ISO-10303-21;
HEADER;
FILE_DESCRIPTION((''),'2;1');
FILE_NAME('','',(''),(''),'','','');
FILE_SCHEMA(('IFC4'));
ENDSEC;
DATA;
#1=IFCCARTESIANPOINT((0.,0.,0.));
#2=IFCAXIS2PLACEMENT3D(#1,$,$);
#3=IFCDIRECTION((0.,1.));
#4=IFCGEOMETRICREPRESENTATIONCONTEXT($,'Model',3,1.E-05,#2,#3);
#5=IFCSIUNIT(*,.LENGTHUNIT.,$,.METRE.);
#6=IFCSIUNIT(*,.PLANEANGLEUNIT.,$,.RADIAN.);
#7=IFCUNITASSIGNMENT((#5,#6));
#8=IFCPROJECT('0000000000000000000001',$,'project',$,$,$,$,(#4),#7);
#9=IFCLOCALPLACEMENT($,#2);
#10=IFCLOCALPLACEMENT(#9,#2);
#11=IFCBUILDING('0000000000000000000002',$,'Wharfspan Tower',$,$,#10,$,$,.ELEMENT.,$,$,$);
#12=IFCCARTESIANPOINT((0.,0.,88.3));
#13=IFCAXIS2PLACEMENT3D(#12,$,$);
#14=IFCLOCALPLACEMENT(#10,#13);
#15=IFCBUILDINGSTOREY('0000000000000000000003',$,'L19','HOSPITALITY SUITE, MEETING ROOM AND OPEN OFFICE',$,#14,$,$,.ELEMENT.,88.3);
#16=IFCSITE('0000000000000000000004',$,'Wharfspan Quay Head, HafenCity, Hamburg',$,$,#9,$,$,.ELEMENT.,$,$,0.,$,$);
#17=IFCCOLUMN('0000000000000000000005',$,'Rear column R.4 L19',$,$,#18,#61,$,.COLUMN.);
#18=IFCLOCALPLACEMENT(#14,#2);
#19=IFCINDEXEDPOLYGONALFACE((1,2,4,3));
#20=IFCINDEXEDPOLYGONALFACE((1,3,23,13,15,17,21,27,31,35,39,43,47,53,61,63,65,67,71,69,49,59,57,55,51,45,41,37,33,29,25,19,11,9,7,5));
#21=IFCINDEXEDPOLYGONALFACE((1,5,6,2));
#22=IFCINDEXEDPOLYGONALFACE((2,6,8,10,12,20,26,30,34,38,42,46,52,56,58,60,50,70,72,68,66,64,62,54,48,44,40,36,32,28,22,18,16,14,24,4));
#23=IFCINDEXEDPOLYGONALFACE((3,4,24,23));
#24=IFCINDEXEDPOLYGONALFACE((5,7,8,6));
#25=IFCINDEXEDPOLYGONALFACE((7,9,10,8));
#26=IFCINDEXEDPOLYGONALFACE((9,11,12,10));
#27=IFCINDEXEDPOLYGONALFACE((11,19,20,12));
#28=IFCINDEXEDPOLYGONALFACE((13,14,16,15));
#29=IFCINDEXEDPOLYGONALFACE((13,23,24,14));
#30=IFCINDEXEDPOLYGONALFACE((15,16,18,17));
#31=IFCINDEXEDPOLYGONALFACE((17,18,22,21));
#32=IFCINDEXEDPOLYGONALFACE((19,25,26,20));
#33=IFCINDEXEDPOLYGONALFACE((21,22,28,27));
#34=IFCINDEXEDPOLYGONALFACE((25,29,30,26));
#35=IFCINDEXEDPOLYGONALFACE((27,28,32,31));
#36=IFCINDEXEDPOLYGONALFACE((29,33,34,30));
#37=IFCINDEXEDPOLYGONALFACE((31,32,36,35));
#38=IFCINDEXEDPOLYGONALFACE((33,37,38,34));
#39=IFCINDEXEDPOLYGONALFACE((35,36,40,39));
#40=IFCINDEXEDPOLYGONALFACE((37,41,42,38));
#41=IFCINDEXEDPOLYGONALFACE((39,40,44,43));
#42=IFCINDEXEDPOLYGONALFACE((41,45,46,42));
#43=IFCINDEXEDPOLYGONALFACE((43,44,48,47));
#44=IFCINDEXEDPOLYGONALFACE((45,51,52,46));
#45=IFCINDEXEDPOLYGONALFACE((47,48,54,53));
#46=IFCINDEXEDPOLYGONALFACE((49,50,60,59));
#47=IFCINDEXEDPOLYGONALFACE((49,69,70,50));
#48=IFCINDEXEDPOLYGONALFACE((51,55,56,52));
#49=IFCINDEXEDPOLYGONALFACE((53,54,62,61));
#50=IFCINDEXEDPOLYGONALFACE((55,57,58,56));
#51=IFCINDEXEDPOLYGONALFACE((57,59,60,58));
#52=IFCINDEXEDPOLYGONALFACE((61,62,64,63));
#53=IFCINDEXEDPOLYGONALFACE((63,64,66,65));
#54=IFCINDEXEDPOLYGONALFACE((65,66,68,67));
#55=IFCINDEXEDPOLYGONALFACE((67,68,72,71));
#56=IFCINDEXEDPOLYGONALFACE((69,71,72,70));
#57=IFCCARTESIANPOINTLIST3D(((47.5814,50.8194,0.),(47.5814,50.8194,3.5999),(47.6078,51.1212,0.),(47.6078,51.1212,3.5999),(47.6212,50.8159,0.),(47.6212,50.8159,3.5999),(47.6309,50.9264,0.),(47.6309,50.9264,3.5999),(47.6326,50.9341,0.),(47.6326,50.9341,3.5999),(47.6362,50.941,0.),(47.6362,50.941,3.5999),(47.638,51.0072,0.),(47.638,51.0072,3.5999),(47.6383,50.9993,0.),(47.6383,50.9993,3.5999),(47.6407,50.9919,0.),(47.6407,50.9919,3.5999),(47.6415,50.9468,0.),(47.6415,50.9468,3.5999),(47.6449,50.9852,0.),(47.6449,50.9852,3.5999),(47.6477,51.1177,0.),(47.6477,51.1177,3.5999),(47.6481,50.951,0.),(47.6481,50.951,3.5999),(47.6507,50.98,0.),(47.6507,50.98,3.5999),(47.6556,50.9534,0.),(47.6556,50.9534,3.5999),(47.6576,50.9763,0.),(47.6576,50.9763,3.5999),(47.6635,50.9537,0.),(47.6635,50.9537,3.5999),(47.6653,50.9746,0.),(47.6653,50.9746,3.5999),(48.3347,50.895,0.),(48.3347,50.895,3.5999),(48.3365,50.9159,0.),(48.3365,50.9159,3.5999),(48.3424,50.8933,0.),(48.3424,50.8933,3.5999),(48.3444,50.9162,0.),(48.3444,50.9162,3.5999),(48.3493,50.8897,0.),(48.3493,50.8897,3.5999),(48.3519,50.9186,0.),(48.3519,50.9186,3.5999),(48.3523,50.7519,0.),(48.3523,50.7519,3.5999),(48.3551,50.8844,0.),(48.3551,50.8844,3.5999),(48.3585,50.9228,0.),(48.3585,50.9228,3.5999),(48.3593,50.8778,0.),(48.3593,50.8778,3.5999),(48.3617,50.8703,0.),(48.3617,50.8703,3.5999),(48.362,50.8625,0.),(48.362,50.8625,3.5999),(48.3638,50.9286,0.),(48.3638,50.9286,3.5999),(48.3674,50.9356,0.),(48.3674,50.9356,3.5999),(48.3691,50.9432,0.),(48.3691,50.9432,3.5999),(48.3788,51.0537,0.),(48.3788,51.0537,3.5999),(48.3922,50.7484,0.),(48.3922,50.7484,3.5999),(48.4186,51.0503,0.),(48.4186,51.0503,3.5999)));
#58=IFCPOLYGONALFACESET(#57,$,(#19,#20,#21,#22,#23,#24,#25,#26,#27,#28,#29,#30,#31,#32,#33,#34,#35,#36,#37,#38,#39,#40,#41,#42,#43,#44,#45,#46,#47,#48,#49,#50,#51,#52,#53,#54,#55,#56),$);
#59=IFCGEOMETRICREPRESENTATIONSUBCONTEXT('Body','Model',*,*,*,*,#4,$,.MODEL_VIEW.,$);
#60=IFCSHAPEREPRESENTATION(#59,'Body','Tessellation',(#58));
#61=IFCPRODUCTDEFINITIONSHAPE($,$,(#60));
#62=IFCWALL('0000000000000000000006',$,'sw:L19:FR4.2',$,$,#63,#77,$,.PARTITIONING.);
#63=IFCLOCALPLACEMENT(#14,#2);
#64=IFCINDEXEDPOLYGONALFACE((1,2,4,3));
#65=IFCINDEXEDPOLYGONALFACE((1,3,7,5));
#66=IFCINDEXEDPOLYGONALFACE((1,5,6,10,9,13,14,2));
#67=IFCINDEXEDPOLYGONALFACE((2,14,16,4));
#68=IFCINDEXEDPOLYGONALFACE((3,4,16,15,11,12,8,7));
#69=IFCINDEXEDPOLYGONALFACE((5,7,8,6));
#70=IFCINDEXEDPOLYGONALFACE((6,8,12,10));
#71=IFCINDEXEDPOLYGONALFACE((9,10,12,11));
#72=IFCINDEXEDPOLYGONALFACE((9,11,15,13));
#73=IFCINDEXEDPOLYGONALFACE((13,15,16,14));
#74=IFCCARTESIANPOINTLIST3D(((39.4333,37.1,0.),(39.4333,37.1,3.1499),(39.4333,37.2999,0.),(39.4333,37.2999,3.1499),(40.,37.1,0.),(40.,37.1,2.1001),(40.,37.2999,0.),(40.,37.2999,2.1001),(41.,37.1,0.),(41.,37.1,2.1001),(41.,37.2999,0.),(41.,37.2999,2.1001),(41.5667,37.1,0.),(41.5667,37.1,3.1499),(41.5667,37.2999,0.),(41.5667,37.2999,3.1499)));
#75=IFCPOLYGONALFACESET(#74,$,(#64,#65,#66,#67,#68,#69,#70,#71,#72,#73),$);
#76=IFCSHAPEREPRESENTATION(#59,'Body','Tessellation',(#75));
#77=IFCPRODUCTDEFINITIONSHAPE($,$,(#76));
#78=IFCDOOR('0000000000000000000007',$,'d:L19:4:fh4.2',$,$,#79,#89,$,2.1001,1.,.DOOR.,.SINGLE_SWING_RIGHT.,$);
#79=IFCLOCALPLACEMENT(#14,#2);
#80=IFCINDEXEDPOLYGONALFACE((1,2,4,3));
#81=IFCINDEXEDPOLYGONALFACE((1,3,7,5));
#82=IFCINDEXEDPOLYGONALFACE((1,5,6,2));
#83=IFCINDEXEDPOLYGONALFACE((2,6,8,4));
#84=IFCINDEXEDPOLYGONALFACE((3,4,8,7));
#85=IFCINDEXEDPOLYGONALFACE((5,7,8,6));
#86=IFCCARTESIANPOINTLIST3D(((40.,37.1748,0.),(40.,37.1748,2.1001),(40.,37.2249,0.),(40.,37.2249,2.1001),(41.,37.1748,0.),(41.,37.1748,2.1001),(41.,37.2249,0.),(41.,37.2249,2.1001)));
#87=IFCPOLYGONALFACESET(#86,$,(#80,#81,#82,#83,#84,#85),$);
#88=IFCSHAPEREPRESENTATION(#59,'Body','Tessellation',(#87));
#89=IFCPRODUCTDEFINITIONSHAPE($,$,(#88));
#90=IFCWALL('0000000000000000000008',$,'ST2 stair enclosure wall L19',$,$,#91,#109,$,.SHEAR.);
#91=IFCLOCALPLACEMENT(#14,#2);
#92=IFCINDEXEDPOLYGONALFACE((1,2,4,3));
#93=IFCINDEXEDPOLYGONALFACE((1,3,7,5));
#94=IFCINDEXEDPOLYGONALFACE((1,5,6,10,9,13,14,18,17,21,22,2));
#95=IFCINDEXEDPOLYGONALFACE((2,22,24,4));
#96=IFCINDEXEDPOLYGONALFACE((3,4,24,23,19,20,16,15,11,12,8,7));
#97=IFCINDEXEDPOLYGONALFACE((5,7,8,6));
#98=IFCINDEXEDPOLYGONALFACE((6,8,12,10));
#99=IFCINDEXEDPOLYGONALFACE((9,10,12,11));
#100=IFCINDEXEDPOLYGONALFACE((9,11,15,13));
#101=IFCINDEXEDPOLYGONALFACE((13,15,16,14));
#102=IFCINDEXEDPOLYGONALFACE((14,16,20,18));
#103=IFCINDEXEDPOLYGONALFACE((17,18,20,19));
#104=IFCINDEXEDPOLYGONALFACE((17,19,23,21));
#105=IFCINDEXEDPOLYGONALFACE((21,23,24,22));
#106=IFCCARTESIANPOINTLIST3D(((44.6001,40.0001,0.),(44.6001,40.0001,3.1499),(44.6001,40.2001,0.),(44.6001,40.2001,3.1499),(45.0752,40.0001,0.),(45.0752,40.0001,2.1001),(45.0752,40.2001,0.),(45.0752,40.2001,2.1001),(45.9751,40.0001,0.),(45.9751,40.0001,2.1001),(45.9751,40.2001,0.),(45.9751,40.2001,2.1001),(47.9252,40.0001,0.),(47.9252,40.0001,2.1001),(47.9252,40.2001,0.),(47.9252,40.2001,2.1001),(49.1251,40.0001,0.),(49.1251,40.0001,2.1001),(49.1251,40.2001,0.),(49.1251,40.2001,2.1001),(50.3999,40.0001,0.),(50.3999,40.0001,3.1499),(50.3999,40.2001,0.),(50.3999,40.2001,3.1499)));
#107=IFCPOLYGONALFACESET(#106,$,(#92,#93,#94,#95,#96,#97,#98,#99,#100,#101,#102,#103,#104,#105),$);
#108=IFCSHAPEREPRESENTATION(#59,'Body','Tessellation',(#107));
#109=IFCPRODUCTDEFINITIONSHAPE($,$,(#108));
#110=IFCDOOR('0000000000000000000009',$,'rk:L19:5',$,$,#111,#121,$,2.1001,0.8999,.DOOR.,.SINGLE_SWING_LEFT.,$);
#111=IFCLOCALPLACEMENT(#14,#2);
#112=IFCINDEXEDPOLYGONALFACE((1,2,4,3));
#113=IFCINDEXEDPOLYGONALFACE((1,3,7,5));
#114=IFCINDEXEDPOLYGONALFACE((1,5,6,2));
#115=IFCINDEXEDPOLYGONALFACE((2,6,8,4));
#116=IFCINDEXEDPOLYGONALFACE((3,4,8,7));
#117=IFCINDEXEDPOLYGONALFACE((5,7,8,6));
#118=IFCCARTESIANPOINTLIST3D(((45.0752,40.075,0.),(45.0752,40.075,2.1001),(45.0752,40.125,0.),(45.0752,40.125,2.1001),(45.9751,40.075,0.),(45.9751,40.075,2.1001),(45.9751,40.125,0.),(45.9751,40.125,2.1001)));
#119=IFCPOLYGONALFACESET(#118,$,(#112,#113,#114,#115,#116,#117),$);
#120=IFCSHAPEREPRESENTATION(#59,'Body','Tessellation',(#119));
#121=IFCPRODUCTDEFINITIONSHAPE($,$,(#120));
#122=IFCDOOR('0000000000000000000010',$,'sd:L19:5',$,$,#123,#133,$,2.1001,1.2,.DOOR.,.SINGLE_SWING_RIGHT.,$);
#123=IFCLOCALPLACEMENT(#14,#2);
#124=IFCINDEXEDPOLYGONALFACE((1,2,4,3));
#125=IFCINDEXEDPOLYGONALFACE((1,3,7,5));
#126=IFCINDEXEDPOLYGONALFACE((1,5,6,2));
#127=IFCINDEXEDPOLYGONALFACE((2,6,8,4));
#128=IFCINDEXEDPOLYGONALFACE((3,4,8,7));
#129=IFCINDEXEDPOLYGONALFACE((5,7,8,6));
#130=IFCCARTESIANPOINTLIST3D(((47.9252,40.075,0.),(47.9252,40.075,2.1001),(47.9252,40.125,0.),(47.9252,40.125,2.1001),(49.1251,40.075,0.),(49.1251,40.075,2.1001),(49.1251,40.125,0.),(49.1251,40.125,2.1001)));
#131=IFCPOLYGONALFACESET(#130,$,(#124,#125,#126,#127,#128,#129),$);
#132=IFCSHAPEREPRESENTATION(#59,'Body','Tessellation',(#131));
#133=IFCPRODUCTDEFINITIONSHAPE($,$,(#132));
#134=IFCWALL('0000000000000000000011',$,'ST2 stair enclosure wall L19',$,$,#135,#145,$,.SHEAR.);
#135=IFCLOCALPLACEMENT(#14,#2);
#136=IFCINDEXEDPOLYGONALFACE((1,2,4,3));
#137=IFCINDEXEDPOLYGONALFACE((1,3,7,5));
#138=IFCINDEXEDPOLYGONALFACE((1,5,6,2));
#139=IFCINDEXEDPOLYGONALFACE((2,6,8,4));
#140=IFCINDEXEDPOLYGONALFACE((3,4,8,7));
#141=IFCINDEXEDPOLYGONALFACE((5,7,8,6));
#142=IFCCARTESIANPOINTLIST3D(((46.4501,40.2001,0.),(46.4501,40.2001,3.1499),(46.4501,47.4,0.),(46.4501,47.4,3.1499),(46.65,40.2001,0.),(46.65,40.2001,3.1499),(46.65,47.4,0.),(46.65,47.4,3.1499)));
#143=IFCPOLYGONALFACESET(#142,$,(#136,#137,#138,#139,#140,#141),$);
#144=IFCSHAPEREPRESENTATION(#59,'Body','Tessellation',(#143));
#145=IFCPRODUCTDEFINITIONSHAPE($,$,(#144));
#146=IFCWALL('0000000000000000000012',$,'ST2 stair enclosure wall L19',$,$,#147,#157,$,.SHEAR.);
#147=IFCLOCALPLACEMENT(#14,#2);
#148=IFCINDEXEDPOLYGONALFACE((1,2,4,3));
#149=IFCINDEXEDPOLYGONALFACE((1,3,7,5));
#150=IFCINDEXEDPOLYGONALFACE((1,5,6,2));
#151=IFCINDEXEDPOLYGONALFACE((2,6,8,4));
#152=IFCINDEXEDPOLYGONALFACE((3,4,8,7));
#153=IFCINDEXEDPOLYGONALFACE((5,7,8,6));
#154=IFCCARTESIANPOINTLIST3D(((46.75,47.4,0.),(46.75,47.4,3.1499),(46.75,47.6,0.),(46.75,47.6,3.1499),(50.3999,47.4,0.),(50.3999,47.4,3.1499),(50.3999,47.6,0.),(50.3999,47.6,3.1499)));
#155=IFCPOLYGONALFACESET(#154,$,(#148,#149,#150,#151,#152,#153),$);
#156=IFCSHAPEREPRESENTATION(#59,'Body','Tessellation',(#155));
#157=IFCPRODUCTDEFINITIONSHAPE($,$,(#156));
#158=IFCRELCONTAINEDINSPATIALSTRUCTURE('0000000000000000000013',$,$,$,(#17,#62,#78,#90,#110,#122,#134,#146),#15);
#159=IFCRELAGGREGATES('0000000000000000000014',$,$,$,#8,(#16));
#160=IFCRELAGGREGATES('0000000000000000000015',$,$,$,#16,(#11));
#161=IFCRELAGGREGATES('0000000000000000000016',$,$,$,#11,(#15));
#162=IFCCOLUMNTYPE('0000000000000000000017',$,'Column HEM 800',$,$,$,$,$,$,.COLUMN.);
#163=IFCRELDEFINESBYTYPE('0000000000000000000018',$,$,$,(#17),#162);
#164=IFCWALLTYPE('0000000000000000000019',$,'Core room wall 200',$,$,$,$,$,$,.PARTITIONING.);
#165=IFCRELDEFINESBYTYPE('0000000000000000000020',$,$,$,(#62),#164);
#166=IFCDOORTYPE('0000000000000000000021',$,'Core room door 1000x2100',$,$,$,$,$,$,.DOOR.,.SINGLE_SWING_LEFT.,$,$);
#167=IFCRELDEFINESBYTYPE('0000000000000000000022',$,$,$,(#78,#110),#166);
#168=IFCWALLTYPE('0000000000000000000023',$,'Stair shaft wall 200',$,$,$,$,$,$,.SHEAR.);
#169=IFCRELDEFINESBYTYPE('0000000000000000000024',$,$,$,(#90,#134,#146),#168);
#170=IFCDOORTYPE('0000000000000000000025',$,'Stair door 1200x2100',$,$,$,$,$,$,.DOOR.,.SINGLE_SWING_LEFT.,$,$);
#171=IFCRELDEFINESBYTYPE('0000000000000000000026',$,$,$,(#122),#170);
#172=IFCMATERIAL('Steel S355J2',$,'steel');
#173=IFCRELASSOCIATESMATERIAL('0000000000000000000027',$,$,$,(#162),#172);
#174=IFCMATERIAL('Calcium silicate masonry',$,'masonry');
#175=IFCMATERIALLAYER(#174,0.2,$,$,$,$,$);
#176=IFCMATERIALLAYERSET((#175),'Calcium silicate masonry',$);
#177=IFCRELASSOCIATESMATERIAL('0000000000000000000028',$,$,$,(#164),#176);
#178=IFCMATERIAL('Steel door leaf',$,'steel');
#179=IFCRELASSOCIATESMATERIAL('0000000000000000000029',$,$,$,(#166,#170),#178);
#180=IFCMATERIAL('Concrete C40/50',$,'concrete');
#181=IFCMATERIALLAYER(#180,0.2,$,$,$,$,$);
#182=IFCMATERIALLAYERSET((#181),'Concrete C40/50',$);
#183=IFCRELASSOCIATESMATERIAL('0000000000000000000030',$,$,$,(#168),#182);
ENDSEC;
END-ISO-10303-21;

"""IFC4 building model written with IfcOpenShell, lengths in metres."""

from ifc_helpers import new_model, si_unit, direction, frame, frame_2d, origin, origin_2d, place, context, subcontext, project, spatial, rectangle, i_section, extrude, material, layer, layer_set, material_profile, profile_set, type_object, element, fill, save


model = new_model("IFC4")

# Units and contexts
model_context = context("Model", 3, precision=1e-05, world=origin(), true_north=direction((0.0, 1.0)))
body_context = subcontext(model_context, "Body", "Model", "MODEL_VIEW")
ifc_project = project(units=[si_unit("LENGTHUNIT", "METRE"), si_unit("PLANEANGLEUNIT", "RADIAN")], contexts=[model_context])

# Site, building, storey
site_placement = place(None, origin())
site = spatial("IfcSite", under=ifc_project, at=site_placement, Name="Wharfspan Quay Head, HafenCity, Hamburg", CompositionType="ELEMENT", RefElevation=0.0)
building_placement = place(site_placement, origin())
building = spatial("IfcBuilding", under=site, at=building_placement, Name="Wharfspan Tower", CompositionType="ELEMENT")
storey_placement = place(building_placement, frame((0.0, 0.0, 88.3)))
storey = spatial("IfcBuildingStorey", under=building, at=storey_placement, Name="L19", Description="HOSPITALITY SUITE, MEETING ROOM AND OPEN OFFICE", CompositionType="ELEMENT", Elevation=88.3)

# Column
ifc_material_1 = material(Name="Steel S355J2", Category="steel")
ifc_material_profile = material_profile(ifc_material_1, i_section(OverallWidth=0.303, OverallDepth=0.814, WebThickness=0.021, FlangeThickness=0.04, FilletRadius=0.03, at=origin_2d()))
ifc_profile_set = profile_set([ifc_material_profile], Name="Steel S355J2")
column_type = type_object("IfcColumnType", Name="Column HEM 800", PredefinedType="COLUMN", material=ifc_profile_set)
column_placement = place(storey_placement, frame((48.0, 50.9348, 0.0), z_axis=(0.0, 0.0, 1.0), x_axis=(0.087156, 0.996197, 0.0)))
element("IfcColumn", 1, at=column_placement, inside=storey, type_object=column_type, Name="Rear column R.4 L19", PredefinedType="COLUMN", context=body_context, shape_type="SweptSolid", body=[
    extrude(i_section(OverallWidth=0.303, OverallDepth=0.814, WebThickness=0.021, FlangeThickness=0.04, FilletRadius=0.03, at=origin_2d()), origin(), (0.0, 0.0, 1.0), 3.5999),
])

# Wall, opening, door
ifc_material_2 = material(Name="Calcium silicate masonry", Category="masonry")
ifc_layer_1 = layer(ifc_material_2, 0.2)
ifc_layer_set_1 = layer_set([ifc_layer_1], Name="Calcium silicate masonry")
wall_type_1 = type_object("IfcWallType", Name="Core room wall 200", PredefinedType="PARTITIONING", material=ifc_layer_set_1)
wall_1_placement = place(storey_placement, frame((39.4333, 37.2, 0.0), z_axis=(0.0, 0.0, 1.0), x_axis=(1.0, 0.0, 0.0)))
wall_1 = element("IfcWall", 2, at=wall_1_placement, inside=storey, type_object=wall_type_1, Name="sw:L19:FR4.2", PredefinedType="PARTITIONING", context=body_context, shape_type="SweptSolid", body=[
    extrude(rectangle(XDim=2.1333, YDim=0.2, at=frame_2d((1.0667, 0.0))), origin(), (0.0, 0.0, 1.0), 3.1499),
])
opening_1_placement = place(wall_1_placement, frame((0.5666, 0.0, 0.0)))
opening_1 = element("IfcOpeningElement", 3, at=opening_1_placement, cuts=wall_1, PredefinedType="OPENING", context=body_context, shape_type="SweptSolid", body=[
    extrude(rectangle(XDim=1.0, YDim=2.1001, at=frame_2d((0.5, 1.05))), frame((0.0, 0.1099, 0.0), z_axis=(0.0, -1.0, 0.0), x_axis=(1.0, 0.0, 0.0)), (0.0, 0.0, 1.0), 0.22),
])
ifc_material_3 = material(Name="Steel door leaf", Category="steel")
door_type_1 = type_object("IfcDoorType", Name="Core room door 1000x2100", OperationType="SINGLE_SWING_LEFT", PredefinedType="DOOR", material=ifc_material_3)
door_1_placement = place(opening_1_placement, origin())
door_1 = element("IfcDoor", 4, at=door_1_placement, inside=storey, type_object=door_type_1, Name="d:L19:4:fh4.2", OperationType="SINGLE_SWING_RIGHT", OverallHeight=2.1001, OverallWidth=1.0, PredefinedType="DOOR", context=body_context, shape_type="SweptSolid", body=[
    extrude(rectangle(XDim=1.0, YDim=2.1001, at=frame_2d((0.5, 1.05))), frame((0.0, 0.0249, 0.0), z_axis=(0.0, -1.0, 0.0), x_axis=(1.0, 0.0, 0.0)), (0.0, 0.0, 1.0), 0.05),
])
fill(opening_1, door_1)

# Wall, openings, doors
ifc_material_4 = material(Name="Concrete C40/50", Category="concrete")
ifc_layer_2 = layer(ifc_material_4, 0.2)
ifc_layer_set_2 = layer_set([ifc_layer_2], Name="Concrete C40/50")
wall_type_2 = type_object("IfcWallType", Name="Stair shaft wall 200", PredefinedType="SHEAR", material=ifc_layer_set_2)
wall_2_placement = place(storey_placement, frame((44.6001, 40.1001, 0.0), z_axis=(0.0, 0.0, 1.0), x_axis=(1.0, 0.0, 0.0)))
wall_2 = element("IfcWall", 5, at=wall_2_placement, inside=storey, type_object=wall_type_2, Name="ST2 stair enclosure wall L19", PredefinedType="SHEAR", context=body_context, shape_type="SweptSolid", body=[
    extrude(rectangle(XDim=5.7998, YDim=0.2, at=frame_2d((2.8999, 0.0))), origin(), (0.0, 0.0, 1.0), 3.1499),
])
opening_2_placement = place(wall_2_placement, frame((3.325, 0.0, 0.0)))
opening_2 = element("IfcOpeningElement", 6, at=opening_2_placement, cuts=wall_2, PredefinedType="OPENING", context=body_context, shape_type="SweptSolid", body=[
    extrude(rectangle(XDim=1.2, YDim=2.1001, at=frame_2d((0.6001, 1.05))), frame((0.0, 0.1099, 0.0), z_axis=(0.0, -1.0, 0.0), x_axis=(1.0, 0.0, 0.0)), (0.0, 0.0, 1.0), 0.22),
])
opening_3_placement = place(wall_2_placement, frame((0.4751, 0.0, 0.0)))
opening_3 = element("IfcOpeningElement", 7, at=opening_3_placement, cuts=wall_2, PredefinedType="OPENING", context=body_context, shape_type="SweptSolid", body=[
    extrude(rectangle(XDim=0.8999, YDim=2.1001, at=frame_2d((0.45, 1.05))), frame((0.0, 0.1099, 0.0), z_axis=(0.0, -1.0, 0.0), x_axis=(1.0, 0.0, 0.0)), (0.0, 0.0, 1.0), 0.22),
])
door_2_placement = place(opening_3_placement, origin())
door_2 = element("IfcDoor", 8, at=door_2_placement, inside=storey, type_object=door_type_1, Name="rk:L19:5", OperationType="SINGLE_SWING_LEFT", OverallHeight=2.1001, OverallWidth=0.8999, PredefinedType="DOOR", context=body_context, shape_type="SweptSolid", body=[
    extrude(rectangle(XDim=0.8999, YDim=2.1001, at=frame_2d((0.45, 1.05))), frame((0.0, 0.0249, 0.0), z_axis=(0.0, -1.0, 0.0), x_axis=(1.0, 0.0, 0.0)), (0.0, 0.0, 1.0), 0.05),
])
fill(opening_3, door_2)
door_type_2 = type_object("IfcDoorType", Name="Stair door 1200x2100", OperationType="SINGLE_SWING_LEFT", PredefinedType="DOOR", material=ifc_material_3)
door_3_placement = place(opening_2_placement, origin())
door_3 = element("IfcDoor", 9, at=door_3_placement, inside=storey, type_object=door_type_2, Name="sd:L19:5", OperationType="SINGLE_SWING_RIGHT", OverallHeight=2.1001, OverallWidth=1.2, PredefinedType="DOOR", context=body_context, shape_type="SweptSolid", body=[
    extrude(rectangle(XDim=1.2, YDim=2.1001, at=frame_2d((0.6001, 1.05))), frame((0.0, 0.0249, 0.0), z_axis=(0.0, -1.0, 0.0), x_axis=(1.0, 0.0, 0.0)), (0.0, 0.0, 1.0), 0.05),
])
fill(opening_2, door_3)

# Walls
wall_3_placement = place(storey_placement, frame((46.55, 40.2, 0.0), z_axis=(0.0, 0.0, 1.0), x_axis=(0.0, 1.0, 0.0)))
element("IfcWall", 10, at=wall_3_placement, inside=storey, type_object=wall_type_2, Name="ST2 stair enclosure wall L19", PredefinedType="SHEAR", context=body_context, shape_type="SweptSolid", body=[
    extrude(rectangle(XDim=7.2, YDim=0.2, at=frame_2d((3.6001, 0.0))), origin(), (0.0, 0.0, 1.0), 3.1499),
])
wall_4_placement = place(storey_placement, frame((46.75, 47.5, 0.0), z_axis=(0.0, 0.0, 1.0), x_axis=(1.0, 0.0, 0.0)))
element("IfcWall", 11, at=wall_4_placement, inside=storey, type_object=wall_type_2, Name="ST2 stair enclosure wall L19", PredefinedType="SHEAR", context=body_context, shape_type="SweptSolid", body=[
    extrude(rectangle(XDim=3.6499, YDim=0.2, at=frame_2d((1.825, 0.0))), origin(), (0.0, 0.0, 1.0), 3.1499),
])

save(model, "model.ifc")
